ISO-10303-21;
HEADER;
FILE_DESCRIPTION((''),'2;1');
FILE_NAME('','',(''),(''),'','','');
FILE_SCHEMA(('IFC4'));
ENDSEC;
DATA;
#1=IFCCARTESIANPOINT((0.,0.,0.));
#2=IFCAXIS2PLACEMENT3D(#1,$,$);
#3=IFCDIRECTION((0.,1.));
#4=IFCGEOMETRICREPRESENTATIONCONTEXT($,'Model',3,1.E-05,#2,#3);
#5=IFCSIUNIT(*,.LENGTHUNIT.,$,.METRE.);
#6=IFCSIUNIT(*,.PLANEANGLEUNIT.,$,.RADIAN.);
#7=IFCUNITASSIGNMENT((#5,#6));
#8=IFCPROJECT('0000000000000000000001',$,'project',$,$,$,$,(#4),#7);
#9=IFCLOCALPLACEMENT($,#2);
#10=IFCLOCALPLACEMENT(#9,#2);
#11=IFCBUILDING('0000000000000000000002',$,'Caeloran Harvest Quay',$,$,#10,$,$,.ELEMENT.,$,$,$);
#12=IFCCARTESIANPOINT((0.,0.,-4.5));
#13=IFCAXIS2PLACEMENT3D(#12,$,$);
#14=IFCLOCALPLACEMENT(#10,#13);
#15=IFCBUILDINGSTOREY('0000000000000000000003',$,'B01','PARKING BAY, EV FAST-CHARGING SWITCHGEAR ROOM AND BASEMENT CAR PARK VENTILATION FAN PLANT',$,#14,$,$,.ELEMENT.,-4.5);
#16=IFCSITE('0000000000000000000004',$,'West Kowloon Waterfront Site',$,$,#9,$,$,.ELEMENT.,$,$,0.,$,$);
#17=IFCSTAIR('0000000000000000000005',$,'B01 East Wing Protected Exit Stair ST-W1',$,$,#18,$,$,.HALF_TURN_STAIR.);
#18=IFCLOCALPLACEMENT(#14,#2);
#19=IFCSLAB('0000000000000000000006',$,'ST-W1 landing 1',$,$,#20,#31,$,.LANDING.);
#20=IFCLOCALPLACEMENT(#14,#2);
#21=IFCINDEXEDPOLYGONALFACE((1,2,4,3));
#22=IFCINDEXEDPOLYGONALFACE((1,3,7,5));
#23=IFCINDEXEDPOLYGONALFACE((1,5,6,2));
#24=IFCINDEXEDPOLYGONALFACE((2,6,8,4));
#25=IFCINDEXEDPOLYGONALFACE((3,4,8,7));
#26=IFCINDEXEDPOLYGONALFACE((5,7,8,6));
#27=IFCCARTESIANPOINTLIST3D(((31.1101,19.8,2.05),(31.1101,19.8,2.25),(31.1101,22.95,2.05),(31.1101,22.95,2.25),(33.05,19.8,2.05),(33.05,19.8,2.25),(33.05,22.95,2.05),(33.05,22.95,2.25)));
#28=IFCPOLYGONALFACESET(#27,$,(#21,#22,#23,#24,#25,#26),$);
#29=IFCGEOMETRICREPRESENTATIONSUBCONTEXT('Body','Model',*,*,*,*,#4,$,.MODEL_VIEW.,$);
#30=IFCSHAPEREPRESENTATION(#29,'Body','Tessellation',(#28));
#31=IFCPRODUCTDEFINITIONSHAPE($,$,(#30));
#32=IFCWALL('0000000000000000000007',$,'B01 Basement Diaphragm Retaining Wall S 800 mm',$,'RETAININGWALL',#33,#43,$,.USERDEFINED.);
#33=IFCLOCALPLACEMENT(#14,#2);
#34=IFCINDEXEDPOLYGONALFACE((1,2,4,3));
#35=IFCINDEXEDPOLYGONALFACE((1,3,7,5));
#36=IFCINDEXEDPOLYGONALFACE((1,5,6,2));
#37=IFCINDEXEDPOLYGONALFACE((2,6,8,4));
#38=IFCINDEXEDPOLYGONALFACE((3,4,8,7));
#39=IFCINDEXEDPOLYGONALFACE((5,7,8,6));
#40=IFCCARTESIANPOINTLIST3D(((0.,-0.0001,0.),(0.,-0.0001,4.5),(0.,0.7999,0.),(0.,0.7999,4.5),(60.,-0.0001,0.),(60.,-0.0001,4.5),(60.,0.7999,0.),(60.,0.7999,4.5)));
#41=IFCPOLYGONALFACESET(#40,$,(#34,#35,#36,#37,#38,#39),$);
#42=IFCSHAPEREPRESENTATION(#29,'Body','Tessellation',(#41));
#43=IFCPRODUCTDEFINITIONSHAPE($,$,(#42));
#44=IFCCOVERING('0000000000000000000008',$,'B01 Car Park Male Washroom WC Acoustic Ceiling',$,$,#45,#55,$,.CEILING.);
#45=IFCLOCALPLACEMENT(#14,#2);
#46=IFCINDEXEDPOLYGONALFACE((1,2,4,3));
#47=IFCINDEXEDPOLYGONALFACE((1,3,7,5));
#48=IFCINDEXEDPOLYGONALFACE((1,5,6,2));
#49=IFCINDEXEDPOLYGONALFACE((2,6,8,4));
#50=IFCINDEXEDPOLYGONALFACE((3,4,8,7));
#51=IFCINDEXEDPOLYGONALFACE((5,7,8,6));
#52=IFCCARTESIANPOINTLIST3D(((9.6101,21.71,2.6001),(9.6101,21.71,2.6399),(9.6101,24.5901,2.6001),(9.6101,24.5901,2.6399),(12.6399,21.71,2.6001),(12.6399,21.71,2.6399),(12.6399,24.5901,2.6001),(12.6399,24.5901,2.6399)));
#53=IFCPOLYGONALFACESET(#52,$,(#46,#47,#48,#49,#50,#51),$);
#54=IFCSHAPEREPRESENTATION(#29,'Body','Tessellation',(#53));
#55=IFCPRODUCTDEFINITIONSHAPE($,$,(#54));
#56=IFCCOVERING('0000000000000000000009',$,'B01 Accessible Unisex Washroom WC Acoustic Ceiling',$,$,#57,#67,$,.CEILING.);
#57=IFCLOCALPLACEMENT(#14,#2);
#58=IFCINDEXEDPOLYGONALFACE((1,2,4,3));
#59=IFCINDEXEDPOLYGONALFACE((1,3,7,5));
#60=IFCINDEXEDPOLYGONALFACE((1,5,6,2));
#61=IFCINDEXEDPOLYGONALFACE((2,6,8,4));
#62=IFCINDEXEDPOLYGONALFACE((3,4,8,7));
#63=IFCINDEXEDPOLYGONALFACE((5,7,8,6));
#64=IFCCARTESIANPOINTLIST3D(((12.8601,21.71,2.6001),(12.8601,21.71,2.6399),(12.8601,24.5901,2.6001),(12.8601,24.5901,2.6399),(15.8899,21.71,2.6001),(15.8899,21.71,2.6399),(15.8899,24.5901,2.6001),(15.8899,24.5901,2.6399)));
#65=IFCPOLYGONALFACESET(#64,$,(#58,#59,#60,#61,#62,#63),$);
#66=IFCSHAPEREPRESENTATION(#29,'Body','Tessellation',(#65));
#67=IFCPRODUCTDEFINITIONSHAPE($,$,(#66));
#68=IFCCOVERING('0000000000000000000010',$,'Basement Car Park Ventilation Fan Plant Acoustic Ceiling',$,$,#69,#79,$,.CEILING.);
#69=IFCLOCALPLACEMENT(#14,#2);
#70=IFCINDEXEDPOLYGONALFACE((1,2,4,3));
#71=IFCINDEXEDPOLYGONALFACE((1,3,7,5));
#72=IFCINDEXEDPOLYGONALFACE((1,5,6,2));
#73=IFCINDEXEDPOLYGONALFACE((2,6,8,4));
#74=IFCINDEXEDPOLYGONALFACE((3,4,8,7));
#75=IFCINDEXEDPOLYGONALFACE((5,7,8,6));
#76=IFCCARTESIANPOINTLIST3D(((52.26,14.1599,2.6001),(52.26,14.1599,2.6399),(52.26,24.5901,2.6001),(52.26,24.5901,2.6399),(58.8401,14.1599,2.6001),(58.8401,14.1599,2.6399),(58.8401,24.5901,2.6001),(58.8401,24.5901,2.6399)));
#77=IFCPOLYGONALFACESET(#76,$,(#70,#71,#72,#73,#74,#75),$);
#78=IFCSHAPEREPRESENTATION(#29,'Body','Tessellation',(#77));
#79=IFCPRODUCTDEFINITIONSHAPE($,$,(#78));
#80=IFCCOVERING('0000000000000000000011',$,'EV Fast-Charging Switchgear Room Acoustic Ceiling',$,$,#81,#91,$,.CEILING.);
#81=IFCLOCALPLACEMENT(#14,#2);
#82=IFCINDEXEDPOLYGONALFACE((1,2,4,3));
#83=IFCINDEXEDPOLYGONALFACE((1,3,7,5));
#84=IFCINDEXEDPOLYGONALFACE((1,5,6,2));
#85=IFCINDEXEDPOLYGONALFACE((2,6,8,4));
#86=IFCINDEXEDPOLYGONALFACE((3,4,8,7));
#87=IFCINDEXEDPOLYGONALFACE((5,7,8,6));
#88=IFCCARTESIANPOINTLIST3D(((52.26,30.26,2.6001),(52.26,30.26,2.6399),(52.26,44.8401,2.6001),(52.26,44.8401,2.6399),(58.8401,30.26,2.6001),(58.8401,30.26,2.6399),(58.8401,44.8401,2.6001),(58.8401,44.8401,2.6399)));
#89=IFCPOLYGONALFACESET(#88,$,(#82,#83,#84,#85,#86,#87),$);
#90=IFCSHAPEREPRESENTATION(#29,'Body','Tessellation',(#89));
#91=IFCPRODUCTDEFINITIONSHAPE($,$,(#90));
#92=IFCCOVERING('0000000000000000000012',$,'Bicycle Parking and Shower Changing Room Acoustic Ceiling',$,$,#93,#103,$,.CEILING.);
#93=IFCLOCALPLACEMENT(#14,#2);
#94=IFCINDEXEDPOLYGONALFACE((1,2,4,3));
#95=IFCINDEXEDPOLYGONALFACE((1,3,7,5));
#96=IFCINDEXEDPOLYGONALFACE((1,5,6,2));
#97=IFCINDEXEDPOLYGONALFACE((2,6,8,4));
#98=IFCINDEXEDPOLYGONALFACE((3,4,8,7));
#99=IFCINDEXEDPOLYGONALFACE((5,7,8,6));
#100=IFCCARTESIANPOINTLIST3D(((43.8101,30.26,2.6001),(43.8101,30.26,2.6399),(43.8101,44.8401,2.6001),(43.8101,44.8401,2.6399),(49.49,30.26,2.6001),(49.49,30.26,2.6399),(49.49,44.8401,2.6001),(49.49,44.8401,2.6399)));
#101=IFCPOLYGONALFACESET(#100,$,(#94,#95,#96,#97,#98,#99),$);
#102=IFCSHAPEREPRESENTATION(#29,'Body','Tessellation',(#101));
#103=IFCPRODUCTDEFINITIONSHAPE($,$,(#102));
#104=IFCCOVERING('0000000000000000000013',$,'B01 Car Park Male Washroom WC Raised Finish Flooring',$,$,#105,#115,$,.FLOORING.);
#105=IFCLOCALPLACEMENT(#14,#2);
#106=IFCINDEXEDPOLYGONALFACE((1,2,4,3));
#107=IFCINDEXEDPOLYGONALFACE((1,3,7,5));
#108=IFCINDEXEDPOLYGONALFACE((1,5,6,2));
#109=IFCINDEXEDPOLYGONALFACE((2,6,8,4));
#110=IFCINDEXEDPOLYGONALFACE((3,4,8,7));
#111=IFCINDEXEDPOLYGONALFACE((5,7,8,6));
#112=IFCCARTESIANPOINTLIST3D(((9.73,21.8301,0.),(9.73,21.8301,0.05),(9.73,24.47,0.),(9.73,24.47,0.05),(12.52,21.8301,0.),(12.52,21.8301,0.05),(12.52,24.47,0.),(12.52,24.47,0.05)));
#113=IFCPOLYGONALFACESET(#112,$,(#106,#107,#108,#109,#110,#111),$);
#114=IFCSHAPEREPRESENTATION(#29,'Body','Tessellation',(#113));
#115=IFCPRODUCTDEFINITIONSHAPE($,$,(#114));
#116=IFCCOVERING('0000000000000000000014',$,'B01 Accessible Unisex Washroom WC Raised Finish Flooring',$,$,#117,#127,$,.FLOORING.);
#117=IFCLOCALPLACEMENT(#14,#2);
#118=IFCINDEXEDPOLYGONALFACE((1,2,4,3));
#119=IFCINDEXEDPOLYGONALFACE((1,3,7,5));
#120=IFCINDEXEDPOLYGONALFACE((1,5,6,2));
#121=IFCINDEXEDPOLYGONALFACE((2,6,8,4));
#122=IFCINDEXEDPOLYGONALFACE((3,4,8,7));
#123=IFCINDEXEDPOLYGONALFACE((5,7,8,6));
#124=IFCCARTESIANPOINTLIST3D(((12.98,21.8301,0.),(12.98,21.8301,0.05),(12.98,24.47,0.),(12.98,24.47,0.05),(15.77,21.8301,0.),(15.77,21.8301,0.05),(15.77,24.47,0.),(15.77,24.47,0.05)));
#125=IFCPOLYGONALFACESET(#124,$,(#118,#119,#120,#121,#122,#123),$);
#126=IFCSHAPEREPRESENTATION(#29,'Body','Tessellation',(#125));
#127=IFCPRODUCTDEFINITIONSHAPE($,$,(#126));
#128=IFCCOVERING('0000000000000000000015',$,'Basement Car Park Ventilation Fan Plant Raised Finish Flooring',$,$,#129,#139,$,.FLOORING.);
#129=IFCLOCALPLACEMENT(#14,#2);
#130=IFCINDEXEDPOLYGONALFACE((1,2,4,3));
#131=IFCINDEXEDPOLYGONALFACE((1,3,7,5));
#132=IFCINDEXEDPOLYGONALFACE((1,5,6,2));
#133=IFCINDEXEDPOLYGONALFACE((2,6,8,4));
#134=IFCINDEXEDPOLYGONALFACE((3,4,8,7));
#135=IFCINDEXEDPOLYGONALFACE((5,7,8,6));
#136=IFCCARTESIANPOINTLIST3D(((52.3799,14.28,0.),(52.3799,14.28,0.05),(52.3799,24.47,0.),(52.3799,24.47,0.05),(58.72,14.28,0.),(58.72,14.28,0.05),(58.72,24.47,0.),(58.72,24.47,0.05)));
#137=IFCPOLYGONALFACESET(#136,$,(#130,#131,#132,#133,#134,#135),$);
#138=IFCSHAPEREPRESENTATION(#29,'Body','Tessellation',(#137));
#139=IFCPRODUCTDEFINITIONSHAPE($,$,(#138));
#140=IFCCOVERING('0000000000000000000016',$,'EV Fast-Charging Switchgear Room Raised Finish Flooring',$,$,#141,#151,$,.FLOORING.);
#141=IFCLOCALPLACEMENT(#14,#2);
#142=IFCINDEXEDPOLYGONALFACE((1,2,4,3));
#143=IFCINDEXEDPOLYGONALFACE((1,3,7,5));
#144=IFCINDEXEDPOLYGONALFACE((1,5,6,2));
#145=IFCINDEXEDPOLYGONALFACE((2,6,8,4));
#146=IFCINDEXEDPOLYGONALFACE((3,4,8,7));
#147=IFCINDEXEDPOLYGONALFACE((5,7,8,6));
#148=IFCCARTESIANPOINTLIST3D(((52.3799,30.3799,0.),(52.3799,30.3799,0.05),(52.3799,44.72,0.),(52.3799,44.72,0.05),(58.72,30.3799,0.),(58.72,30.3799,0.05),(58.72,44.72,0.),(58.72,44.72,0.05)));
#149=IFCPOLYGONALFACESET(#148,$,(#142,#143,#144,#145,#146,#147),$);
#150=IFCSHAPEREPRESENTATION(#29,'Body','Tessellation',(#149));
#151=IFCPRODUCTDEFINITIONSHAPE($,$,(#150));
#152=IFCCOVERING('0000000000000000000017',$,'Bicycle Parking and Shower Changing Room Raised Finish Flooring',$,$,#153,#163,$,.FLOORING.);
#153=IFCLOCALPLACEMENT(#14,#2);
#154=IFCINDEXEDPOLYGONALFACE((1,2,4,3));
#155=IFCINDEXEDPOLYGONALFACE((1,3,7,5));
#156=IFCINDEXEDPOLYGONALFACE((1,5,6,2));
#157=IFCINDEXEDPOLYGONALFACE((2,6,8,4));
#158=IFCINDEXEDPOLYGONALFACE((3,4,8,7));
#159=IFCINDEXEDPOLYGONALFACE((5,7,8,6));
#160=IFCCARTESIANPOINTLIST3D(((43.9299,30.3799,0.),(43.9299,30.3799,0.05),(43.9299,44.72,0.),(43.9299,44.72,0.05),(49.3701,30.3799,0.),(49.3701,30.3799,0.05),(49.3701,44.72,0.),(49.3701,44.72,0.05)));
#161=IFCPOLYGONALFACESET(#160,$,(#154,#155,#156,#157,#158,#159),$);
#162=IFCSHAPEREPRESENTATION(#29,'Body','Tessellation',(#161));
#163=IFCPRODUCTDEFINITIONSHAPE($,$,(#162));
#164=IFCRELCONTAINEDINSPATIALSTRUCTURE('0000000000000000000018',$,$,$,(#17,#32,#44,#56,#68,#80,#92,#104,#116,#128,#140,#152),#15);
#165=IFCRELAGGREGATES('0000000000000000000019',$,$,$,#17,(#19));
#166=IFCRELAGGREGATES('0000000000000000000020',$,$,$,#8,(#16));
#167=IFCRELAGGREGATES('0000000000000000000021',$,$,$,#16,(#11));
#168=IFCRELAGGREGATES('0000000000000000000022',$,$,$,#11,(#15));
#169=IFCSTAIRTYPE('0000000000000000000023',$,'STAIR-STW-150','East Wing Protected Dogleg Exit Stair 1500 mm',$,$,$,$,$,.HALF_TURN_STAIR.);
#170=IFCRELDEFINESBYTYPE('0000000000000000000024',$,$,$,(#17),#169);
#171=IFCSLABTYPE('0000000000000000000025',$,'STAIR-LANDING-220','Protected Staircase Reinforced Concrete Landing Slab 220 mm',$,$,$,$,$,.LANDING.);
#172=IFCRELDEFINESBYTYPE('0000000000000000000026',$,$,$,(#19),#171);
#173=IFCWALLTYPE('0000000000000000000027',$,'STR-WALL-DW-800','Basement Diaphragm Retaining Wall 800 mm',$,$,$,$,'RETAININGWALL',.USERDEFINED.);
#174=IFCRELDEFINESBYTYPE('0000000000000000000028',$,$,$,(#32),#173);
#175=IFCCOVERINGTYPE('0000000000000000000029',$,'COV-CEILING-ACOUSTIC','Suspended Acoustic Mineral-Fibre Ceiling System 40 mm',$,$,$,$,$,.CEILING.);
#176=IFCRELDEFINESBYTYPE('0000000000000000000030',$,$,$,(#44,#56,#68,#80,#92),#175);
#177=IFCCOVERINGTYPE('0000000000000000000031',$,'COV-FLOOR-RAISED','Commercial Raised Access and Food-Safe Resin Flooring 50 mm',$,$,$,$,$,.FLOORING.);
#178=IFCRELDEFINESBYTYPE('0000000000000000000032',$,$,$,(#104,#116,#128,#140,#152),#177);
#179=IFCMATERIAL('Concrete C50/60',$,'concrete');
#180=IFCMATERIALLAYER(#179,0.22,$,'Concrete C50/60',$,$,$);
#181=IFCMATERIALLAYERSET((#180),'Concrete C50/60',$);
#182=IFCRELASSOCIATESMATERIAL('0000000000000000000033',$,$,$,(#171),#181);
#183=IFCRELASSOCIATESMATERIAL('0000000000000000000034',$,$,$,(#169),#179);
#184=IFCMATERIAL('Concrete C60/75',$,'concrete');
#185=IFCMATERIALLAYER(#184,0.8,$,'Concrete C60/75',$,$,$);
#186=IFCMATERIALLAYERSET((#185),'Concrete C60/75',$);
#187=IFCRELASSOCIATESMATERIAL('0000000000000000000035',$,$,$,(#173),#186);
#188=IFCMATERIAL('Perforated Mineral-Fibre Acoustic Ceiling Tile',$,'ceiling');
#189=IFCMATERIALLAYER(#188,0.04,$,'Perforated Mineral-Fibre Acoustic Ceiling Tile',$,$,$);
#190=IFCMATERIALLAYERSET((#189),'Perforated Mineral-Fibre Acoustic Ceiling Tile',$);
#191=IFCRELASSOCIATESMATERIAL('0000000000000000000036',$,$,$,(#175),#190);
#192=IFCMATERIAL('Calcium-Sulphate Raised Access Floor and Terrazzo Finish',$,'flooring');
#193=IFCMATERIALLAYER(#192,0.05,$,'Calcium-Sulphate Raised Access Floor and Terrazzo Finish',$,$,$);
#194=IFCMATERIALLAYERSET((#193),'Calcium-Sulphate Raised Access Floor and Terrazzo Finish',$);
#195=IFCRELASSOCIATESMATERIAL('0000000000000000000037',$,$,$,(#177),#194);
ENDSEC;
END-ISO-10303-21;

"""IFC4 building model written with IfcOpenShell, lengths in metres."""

from ifc_helpers import new_model, si_unit, direction, frame, frame_2d, origin, place, context, subcontext, project, spatial, polyline, rectangle, outline, extrude, material, layer, layer_set, type_object, element, aggregate, save


model = new_model("IFC4")

# Units and contexts
model_context = context("Model", 3, precision=1e-05, world=origin(), true_north=direction((0.0, 1.0)))
body_context = subcontext(model_context, "Body", "Model", "MODEL_VIEW")
ifc_project = project(units=[si_unit("LENGTHUNIT", "METRE"), si_unit("PLANEANGLEUNIT", "RADIAN")], contexts=[model_context])

# Site, building, storey
site_placement = place(None, origin())
site = spatial("IfcSite", under=ifc_project, at=site_placement, Name="West Kowloon Waterfront Site", CompositionType="ELEMENT", RefElevation=0.0)
building_placement = place(site_placement, origin())
building = spatial("IfcBuilding", under=site, at=building_placement, Name="Caeloran Harvest Quay", CompositionType="ELEMENT")
storey_placement = place(building_placement, frame((0.0, 0.0, -4.5)))
storey = spatial("IfcBuildingStorey", under=building, at=storey_placement, Name="B01", Description="PARKING BAY, EV FAST-CHARGING SWITCHGEAR ROOM AND BASEMENT CAR PARK VENTILATION FAN PLANT", CompositionType="ELEMENT", Elevation=-4.5)

# Shared definitions
ifc_material_1 = material(Name="Concrete C50/60", Category="concrete")

# Stair, slab
ifc_layer_1 = layer(ifc_material_1, 0.22, Name="Concrete C50/60")
ifc_layer_set_1 = layer_set([ifc_layer_1], Name="Concrete C50/60")
slab_type_1 = type_object("IfcSlabType", Name="STAIR-LANDING-220", Description="Protected Staircase Reinforced Concrete Landing Slab 220 mm", PredefinedType="LANDING", material=ifc_layer_set_1)
stair_type_1 = type_object("IfcStairType", Name="STAIR-STW-150", Description="East Wing Protected Dogleg Exit Stair 1500 mm", PredefinedType="HALF_TURN_STAIR", material=ifc_material_1)
stair_1_placement = place(storey_placement, origin())
stair_1 = element("IfcStair", 1, at=stair_1_placement, inside=storey, type_object=stair_type_1, Name="B01 East Wing Protected Exit Stair ST-W1", PredefinedType="HALF_TURN_STAIR")
slab_1_placement = place(storey_placement, frame((0.0, 0.0, 2.05)))
slab_1 = element("IfcSlab", 2, at=slab_1_placement, type_object=slab_type_1, Name="ST-W1 landing 1", PredefinedType="LANDING", context=body_context, shape_type="SweptSolid", body=[
    extrude(outline(polyline([(31.1101, 19.8), (33.05, 19.8), (33.05, 22.95), (31.1101, 22.95), (31.1101, 19.8)])), origin(), (0.0, 0.0, 1.0), 0.2),
])
aggregate(stair_1, [slab_1])

# Wall
ifc_material_2 = material(Name="Concrete C60/75", Category="concrete")
ifc_layer_2 = layer(ifc_material_2, 0.8, Name="Concrete C60/75")
ifc_layer_set_2 = layer_set([ifc_layer_2], Name="Concrete C60/75")
wall_type = type_object("IfcWallType", Name="STR-WALL-DW-800", Description="Basement Diaphragm Retaining Wall 800 mm", ElementType="RETAININGWALL", PredefinedType="USERDEFINED", material=ifc_layer_set_2)
wall_placement = place(storey_placement, frame((0.0, 0.3999, 0.0), z_axis=(0.0, 0.0, 1.0), x_axis=(1.0, 0.0, 0.0)))
element("IfcWall", 3, at=wall_placement, inside=storey, type_object=wall_type, Name="B01 Basement Diaphragm Retaining Wall S 800 mm", ObjectType="RETAININGWALL", PredefinedType="USERDEFINED", context=body_context, shape_type="SweptSolid", body=[
    extrude(rectangle(XDim=60.0, YDim=0.8, at=frame_2d((30.0, 0.0))), origin(), (0.0, 0.0, 1.0), 4.5),
])

# Coverings
ifc_material_3 = material(Name="Perforated Mineral-Fibre Acoustic Ceiling Tile", Category="ceiling")
ifc_layer_3 = layer(ifc_material_3, 0.04, Name="Perforated Mineral-Fibre Acoustic Ceiling Tile")
ifc_layer_set_3 = layer_set([ifc_layer_3], Name="Perforated Mineral-Fibre Acoustic Ceiling Tile")
covering_type_1 = type_object("IfcCoveringType", Name="COV-CEILING-ACOUSTIC", Description="Suspended Acoustic Mineral-Fibre Ceiling System 40 mm", PredefinedType="CEILING", material=ifc_layer_set_3)
covering_1_placement = place(storey_placement, frame((0.0, 0.0, 2.6001)))
element("IfcCovering", 4, at=covering_1_placement, inside=storey, type_object=covering_type_1, Name="B01 Car Park Male Washroom WC Acoustic Ceiling", PredefinedType="CEILING", context=body_context, shape_type="SweptSolid", body=[
    extrude(outline(polyline([(12.6399, 24.5901), (12.6399, 21.71), (9.6101, 21.71), (9.6101, 24.5901), (12.6399, 24.5901)])), origin(), (0.0, 0.0, 1.0), 0.0398),
])
covering_2_placement = place(storey_placement, frame((0.0, 0.0, 2.6001)))
element("IfcCovering", 5, at=covering_2_placement, inside=storey, type_object=covering_type_1, Name="B01 Accessible Unisex Washroom WC Acoustic Ceiling", PredefinedType="CEILING", context=body_context, shape_type="SweptSolid", body=[
    extrude(outline(polyline([(15.8899, 24.5901), (15.8899, 21.71), (12.8601, 21.71), (12.8601, 24.5901), (15.8899, 24.5901)])), origin(), (0.0, 0.0, 1.0), 0.0398),
])
covering_3_placement = place(storey_placement, frame((0.0, 0.0, 2.6001)))
element("IfcCovering", 6, at=covering_3_placement, inside=storey, type_object=covering_type_1, Name="Basement Car Park Ventilation Fan Plant Acoustic Ceiling", PredefinedType="CEILING", context=body_context, shape_type="SweptSolid", body=[
    extrude(outline(polyline([(58.8401, 24.5901), (58.8401, 14.1599), (52.26, 14.1599), (52.26, 24.5901), (58.8401, 24.5901)])), origin(), (0.0, 0.0, 1.0), 0.0398),
])
covering_4_placement = place(storey_placement, frame((0.0, 0.0, 2.6001)))
element("IfcCovering", 7, at=covering_4_placement, inside=storey, type_object=covering_type_1, Name="EV Fast-Charging Switchgear Room Acoustic Ceiling", PredefinedType="CEILING", context=body_context, shape_type="SweptSolid", body=[
    extrude(outline(polyline([(58.8401, 44.8401), (58.8401, 30.26), (52.26, 30.26), (52.26, 44.8401), (58.8401, 44.8401)])), origin(), (0.0, 0.0, 1.0), 0.0398),
])
covering_5_placement = place(storey_placement, frame((0.0, 0.0, 2.6001)))
element("IfcCovering", 8, at=covering_5_placement, inside=storey, type_object=covering_type_1, Name="Bicycle Parking and Shower Changing Room Acoustic Ceiling", PredefinedType="CEILING", context=body_context, shape_type="SweptSolid", body=[
    extrude(outline(polyline([(49.49, 44.8401), (49.49, 30.26), (43.8101, 30.26), (43.8101, 44.8401), (49.49, 44.8401)])), origin(), (0.0, 0.0, 1.0), 0.0398),
])
ifc_material_4 = material(Name="Calcium-Sulphate Raised Access Floor and Terrazzo Finish", Category="flooring")
ifc_layer_4 = layer(ifc_material_4, 0.05, Name="Calcium-Sulphate Raised Access Floor and Terrazzo Finish")
ifc_layer_set_4 = layer_set([ifc_layer_4], Name="Calcium-Sulphate Raised Access Floor and Terrazzo Finish")
covering_type_2 = type_object("IfcCoveringType", Name="COV-FLOOR-RAISED", Description="Commercial Raised Access and Food-Safe Resin Flooring 50 mm", PredefinedType="FLOORING", material=ifc_layer_set_4)
covering_6_placement = place(storey_placement, origin())
element("IfcCovering", 9, at=covering_6_placement, inside=storey, type_object=covering_type_2, Name="B01 Car Park Male Washroom WC Raised Finish Flooring", PredefinedType="FLOORING", context=body_context, shape_type="SweptSolid", body=[
    extrude(outline(polyline([(12.52, 24.47), (12.52, 21.8301), (9.73, 21.8301), (9.73, 24.47), (12.52, 24.47)])), origin(), (0.0, 0.0, 1.0), 0.05),
])
covering_7_placement = place(storey_placement, origin())
element("IfcCovering", 10, at=covering_7_placement, inside=storey, type_object=covering_type_2, Name="B01 Accessible Unisex Washroom WC Raised Finish Flooring", PredefinedType="FLOORING", context=body_context, shape_type="SweptSolid", body=[
    extrude(outline(polyline([(15.77, 24.47), (15.77, 21.8301), (12.98, 21.8301), (12.98, 24.47), (15.77, 24.47)])), origin(), (0.0, 0.0, 1.0), 0.05),
])
covering_8_placement = place(storey_placement, origin())
element("IfcCovering", 11, at=covering_8_placement, inside=storey, type_object=covering_type_2, Name="Basement Car Park Ventilation Fan Plant Raised Finish Flooring", PredefinedType="FLOORING", context=body_context, shape_type="SweptSolid", body=[
    extrude(outline(polyline([(58.72, 24.47), (58.72, 14.28), (52.3799, 14.28), (52.3799, 24.47), (58.72, 24.47)])), origin(), (0.0, 0.0, 1.0), 0.05),
])
covering_9_placement = place(storey_placement, origin())
element("IfcCovering", 12, at=covering_9_placement, inside=storey, type_object=covering_type_2, Name="EV Fast-Charging Switchgear Room Raised Finish Flooring", PredefinedType="FLOORING", context=body_context, shape_type="SweptSolid", body=[
    extrude(outline(polyline([(58.72, 44.72), (58.72, 30.3799), (52.3799, 30.3799), (52.3799, 44.72), (58.72, 44.72)])), origin(), (0.0, 0.0, 1.0), 0.05),
])
covering_10_placement = place(storey_placement, origin())
element("IfcCovering", 13, at=covering_10_placement, inside=storey, type_object=covering_type_2, Name="Bicycle Parking and Shower Changing Room Raised Finish Flooring", PredefinedType="FLOORING", context=body_context, shape_type="SweptSolid", body=[
    extrude(outline(polyline([(49.3701, 44.72), (49.3701, 30.3799), (43.9299, 30.3799), (43.9299, 44.72), (49.3701, 44.72)])), origin(), (0.0, 0.0, 1.0), 0.05),
])

save(model, "model.ifc")
